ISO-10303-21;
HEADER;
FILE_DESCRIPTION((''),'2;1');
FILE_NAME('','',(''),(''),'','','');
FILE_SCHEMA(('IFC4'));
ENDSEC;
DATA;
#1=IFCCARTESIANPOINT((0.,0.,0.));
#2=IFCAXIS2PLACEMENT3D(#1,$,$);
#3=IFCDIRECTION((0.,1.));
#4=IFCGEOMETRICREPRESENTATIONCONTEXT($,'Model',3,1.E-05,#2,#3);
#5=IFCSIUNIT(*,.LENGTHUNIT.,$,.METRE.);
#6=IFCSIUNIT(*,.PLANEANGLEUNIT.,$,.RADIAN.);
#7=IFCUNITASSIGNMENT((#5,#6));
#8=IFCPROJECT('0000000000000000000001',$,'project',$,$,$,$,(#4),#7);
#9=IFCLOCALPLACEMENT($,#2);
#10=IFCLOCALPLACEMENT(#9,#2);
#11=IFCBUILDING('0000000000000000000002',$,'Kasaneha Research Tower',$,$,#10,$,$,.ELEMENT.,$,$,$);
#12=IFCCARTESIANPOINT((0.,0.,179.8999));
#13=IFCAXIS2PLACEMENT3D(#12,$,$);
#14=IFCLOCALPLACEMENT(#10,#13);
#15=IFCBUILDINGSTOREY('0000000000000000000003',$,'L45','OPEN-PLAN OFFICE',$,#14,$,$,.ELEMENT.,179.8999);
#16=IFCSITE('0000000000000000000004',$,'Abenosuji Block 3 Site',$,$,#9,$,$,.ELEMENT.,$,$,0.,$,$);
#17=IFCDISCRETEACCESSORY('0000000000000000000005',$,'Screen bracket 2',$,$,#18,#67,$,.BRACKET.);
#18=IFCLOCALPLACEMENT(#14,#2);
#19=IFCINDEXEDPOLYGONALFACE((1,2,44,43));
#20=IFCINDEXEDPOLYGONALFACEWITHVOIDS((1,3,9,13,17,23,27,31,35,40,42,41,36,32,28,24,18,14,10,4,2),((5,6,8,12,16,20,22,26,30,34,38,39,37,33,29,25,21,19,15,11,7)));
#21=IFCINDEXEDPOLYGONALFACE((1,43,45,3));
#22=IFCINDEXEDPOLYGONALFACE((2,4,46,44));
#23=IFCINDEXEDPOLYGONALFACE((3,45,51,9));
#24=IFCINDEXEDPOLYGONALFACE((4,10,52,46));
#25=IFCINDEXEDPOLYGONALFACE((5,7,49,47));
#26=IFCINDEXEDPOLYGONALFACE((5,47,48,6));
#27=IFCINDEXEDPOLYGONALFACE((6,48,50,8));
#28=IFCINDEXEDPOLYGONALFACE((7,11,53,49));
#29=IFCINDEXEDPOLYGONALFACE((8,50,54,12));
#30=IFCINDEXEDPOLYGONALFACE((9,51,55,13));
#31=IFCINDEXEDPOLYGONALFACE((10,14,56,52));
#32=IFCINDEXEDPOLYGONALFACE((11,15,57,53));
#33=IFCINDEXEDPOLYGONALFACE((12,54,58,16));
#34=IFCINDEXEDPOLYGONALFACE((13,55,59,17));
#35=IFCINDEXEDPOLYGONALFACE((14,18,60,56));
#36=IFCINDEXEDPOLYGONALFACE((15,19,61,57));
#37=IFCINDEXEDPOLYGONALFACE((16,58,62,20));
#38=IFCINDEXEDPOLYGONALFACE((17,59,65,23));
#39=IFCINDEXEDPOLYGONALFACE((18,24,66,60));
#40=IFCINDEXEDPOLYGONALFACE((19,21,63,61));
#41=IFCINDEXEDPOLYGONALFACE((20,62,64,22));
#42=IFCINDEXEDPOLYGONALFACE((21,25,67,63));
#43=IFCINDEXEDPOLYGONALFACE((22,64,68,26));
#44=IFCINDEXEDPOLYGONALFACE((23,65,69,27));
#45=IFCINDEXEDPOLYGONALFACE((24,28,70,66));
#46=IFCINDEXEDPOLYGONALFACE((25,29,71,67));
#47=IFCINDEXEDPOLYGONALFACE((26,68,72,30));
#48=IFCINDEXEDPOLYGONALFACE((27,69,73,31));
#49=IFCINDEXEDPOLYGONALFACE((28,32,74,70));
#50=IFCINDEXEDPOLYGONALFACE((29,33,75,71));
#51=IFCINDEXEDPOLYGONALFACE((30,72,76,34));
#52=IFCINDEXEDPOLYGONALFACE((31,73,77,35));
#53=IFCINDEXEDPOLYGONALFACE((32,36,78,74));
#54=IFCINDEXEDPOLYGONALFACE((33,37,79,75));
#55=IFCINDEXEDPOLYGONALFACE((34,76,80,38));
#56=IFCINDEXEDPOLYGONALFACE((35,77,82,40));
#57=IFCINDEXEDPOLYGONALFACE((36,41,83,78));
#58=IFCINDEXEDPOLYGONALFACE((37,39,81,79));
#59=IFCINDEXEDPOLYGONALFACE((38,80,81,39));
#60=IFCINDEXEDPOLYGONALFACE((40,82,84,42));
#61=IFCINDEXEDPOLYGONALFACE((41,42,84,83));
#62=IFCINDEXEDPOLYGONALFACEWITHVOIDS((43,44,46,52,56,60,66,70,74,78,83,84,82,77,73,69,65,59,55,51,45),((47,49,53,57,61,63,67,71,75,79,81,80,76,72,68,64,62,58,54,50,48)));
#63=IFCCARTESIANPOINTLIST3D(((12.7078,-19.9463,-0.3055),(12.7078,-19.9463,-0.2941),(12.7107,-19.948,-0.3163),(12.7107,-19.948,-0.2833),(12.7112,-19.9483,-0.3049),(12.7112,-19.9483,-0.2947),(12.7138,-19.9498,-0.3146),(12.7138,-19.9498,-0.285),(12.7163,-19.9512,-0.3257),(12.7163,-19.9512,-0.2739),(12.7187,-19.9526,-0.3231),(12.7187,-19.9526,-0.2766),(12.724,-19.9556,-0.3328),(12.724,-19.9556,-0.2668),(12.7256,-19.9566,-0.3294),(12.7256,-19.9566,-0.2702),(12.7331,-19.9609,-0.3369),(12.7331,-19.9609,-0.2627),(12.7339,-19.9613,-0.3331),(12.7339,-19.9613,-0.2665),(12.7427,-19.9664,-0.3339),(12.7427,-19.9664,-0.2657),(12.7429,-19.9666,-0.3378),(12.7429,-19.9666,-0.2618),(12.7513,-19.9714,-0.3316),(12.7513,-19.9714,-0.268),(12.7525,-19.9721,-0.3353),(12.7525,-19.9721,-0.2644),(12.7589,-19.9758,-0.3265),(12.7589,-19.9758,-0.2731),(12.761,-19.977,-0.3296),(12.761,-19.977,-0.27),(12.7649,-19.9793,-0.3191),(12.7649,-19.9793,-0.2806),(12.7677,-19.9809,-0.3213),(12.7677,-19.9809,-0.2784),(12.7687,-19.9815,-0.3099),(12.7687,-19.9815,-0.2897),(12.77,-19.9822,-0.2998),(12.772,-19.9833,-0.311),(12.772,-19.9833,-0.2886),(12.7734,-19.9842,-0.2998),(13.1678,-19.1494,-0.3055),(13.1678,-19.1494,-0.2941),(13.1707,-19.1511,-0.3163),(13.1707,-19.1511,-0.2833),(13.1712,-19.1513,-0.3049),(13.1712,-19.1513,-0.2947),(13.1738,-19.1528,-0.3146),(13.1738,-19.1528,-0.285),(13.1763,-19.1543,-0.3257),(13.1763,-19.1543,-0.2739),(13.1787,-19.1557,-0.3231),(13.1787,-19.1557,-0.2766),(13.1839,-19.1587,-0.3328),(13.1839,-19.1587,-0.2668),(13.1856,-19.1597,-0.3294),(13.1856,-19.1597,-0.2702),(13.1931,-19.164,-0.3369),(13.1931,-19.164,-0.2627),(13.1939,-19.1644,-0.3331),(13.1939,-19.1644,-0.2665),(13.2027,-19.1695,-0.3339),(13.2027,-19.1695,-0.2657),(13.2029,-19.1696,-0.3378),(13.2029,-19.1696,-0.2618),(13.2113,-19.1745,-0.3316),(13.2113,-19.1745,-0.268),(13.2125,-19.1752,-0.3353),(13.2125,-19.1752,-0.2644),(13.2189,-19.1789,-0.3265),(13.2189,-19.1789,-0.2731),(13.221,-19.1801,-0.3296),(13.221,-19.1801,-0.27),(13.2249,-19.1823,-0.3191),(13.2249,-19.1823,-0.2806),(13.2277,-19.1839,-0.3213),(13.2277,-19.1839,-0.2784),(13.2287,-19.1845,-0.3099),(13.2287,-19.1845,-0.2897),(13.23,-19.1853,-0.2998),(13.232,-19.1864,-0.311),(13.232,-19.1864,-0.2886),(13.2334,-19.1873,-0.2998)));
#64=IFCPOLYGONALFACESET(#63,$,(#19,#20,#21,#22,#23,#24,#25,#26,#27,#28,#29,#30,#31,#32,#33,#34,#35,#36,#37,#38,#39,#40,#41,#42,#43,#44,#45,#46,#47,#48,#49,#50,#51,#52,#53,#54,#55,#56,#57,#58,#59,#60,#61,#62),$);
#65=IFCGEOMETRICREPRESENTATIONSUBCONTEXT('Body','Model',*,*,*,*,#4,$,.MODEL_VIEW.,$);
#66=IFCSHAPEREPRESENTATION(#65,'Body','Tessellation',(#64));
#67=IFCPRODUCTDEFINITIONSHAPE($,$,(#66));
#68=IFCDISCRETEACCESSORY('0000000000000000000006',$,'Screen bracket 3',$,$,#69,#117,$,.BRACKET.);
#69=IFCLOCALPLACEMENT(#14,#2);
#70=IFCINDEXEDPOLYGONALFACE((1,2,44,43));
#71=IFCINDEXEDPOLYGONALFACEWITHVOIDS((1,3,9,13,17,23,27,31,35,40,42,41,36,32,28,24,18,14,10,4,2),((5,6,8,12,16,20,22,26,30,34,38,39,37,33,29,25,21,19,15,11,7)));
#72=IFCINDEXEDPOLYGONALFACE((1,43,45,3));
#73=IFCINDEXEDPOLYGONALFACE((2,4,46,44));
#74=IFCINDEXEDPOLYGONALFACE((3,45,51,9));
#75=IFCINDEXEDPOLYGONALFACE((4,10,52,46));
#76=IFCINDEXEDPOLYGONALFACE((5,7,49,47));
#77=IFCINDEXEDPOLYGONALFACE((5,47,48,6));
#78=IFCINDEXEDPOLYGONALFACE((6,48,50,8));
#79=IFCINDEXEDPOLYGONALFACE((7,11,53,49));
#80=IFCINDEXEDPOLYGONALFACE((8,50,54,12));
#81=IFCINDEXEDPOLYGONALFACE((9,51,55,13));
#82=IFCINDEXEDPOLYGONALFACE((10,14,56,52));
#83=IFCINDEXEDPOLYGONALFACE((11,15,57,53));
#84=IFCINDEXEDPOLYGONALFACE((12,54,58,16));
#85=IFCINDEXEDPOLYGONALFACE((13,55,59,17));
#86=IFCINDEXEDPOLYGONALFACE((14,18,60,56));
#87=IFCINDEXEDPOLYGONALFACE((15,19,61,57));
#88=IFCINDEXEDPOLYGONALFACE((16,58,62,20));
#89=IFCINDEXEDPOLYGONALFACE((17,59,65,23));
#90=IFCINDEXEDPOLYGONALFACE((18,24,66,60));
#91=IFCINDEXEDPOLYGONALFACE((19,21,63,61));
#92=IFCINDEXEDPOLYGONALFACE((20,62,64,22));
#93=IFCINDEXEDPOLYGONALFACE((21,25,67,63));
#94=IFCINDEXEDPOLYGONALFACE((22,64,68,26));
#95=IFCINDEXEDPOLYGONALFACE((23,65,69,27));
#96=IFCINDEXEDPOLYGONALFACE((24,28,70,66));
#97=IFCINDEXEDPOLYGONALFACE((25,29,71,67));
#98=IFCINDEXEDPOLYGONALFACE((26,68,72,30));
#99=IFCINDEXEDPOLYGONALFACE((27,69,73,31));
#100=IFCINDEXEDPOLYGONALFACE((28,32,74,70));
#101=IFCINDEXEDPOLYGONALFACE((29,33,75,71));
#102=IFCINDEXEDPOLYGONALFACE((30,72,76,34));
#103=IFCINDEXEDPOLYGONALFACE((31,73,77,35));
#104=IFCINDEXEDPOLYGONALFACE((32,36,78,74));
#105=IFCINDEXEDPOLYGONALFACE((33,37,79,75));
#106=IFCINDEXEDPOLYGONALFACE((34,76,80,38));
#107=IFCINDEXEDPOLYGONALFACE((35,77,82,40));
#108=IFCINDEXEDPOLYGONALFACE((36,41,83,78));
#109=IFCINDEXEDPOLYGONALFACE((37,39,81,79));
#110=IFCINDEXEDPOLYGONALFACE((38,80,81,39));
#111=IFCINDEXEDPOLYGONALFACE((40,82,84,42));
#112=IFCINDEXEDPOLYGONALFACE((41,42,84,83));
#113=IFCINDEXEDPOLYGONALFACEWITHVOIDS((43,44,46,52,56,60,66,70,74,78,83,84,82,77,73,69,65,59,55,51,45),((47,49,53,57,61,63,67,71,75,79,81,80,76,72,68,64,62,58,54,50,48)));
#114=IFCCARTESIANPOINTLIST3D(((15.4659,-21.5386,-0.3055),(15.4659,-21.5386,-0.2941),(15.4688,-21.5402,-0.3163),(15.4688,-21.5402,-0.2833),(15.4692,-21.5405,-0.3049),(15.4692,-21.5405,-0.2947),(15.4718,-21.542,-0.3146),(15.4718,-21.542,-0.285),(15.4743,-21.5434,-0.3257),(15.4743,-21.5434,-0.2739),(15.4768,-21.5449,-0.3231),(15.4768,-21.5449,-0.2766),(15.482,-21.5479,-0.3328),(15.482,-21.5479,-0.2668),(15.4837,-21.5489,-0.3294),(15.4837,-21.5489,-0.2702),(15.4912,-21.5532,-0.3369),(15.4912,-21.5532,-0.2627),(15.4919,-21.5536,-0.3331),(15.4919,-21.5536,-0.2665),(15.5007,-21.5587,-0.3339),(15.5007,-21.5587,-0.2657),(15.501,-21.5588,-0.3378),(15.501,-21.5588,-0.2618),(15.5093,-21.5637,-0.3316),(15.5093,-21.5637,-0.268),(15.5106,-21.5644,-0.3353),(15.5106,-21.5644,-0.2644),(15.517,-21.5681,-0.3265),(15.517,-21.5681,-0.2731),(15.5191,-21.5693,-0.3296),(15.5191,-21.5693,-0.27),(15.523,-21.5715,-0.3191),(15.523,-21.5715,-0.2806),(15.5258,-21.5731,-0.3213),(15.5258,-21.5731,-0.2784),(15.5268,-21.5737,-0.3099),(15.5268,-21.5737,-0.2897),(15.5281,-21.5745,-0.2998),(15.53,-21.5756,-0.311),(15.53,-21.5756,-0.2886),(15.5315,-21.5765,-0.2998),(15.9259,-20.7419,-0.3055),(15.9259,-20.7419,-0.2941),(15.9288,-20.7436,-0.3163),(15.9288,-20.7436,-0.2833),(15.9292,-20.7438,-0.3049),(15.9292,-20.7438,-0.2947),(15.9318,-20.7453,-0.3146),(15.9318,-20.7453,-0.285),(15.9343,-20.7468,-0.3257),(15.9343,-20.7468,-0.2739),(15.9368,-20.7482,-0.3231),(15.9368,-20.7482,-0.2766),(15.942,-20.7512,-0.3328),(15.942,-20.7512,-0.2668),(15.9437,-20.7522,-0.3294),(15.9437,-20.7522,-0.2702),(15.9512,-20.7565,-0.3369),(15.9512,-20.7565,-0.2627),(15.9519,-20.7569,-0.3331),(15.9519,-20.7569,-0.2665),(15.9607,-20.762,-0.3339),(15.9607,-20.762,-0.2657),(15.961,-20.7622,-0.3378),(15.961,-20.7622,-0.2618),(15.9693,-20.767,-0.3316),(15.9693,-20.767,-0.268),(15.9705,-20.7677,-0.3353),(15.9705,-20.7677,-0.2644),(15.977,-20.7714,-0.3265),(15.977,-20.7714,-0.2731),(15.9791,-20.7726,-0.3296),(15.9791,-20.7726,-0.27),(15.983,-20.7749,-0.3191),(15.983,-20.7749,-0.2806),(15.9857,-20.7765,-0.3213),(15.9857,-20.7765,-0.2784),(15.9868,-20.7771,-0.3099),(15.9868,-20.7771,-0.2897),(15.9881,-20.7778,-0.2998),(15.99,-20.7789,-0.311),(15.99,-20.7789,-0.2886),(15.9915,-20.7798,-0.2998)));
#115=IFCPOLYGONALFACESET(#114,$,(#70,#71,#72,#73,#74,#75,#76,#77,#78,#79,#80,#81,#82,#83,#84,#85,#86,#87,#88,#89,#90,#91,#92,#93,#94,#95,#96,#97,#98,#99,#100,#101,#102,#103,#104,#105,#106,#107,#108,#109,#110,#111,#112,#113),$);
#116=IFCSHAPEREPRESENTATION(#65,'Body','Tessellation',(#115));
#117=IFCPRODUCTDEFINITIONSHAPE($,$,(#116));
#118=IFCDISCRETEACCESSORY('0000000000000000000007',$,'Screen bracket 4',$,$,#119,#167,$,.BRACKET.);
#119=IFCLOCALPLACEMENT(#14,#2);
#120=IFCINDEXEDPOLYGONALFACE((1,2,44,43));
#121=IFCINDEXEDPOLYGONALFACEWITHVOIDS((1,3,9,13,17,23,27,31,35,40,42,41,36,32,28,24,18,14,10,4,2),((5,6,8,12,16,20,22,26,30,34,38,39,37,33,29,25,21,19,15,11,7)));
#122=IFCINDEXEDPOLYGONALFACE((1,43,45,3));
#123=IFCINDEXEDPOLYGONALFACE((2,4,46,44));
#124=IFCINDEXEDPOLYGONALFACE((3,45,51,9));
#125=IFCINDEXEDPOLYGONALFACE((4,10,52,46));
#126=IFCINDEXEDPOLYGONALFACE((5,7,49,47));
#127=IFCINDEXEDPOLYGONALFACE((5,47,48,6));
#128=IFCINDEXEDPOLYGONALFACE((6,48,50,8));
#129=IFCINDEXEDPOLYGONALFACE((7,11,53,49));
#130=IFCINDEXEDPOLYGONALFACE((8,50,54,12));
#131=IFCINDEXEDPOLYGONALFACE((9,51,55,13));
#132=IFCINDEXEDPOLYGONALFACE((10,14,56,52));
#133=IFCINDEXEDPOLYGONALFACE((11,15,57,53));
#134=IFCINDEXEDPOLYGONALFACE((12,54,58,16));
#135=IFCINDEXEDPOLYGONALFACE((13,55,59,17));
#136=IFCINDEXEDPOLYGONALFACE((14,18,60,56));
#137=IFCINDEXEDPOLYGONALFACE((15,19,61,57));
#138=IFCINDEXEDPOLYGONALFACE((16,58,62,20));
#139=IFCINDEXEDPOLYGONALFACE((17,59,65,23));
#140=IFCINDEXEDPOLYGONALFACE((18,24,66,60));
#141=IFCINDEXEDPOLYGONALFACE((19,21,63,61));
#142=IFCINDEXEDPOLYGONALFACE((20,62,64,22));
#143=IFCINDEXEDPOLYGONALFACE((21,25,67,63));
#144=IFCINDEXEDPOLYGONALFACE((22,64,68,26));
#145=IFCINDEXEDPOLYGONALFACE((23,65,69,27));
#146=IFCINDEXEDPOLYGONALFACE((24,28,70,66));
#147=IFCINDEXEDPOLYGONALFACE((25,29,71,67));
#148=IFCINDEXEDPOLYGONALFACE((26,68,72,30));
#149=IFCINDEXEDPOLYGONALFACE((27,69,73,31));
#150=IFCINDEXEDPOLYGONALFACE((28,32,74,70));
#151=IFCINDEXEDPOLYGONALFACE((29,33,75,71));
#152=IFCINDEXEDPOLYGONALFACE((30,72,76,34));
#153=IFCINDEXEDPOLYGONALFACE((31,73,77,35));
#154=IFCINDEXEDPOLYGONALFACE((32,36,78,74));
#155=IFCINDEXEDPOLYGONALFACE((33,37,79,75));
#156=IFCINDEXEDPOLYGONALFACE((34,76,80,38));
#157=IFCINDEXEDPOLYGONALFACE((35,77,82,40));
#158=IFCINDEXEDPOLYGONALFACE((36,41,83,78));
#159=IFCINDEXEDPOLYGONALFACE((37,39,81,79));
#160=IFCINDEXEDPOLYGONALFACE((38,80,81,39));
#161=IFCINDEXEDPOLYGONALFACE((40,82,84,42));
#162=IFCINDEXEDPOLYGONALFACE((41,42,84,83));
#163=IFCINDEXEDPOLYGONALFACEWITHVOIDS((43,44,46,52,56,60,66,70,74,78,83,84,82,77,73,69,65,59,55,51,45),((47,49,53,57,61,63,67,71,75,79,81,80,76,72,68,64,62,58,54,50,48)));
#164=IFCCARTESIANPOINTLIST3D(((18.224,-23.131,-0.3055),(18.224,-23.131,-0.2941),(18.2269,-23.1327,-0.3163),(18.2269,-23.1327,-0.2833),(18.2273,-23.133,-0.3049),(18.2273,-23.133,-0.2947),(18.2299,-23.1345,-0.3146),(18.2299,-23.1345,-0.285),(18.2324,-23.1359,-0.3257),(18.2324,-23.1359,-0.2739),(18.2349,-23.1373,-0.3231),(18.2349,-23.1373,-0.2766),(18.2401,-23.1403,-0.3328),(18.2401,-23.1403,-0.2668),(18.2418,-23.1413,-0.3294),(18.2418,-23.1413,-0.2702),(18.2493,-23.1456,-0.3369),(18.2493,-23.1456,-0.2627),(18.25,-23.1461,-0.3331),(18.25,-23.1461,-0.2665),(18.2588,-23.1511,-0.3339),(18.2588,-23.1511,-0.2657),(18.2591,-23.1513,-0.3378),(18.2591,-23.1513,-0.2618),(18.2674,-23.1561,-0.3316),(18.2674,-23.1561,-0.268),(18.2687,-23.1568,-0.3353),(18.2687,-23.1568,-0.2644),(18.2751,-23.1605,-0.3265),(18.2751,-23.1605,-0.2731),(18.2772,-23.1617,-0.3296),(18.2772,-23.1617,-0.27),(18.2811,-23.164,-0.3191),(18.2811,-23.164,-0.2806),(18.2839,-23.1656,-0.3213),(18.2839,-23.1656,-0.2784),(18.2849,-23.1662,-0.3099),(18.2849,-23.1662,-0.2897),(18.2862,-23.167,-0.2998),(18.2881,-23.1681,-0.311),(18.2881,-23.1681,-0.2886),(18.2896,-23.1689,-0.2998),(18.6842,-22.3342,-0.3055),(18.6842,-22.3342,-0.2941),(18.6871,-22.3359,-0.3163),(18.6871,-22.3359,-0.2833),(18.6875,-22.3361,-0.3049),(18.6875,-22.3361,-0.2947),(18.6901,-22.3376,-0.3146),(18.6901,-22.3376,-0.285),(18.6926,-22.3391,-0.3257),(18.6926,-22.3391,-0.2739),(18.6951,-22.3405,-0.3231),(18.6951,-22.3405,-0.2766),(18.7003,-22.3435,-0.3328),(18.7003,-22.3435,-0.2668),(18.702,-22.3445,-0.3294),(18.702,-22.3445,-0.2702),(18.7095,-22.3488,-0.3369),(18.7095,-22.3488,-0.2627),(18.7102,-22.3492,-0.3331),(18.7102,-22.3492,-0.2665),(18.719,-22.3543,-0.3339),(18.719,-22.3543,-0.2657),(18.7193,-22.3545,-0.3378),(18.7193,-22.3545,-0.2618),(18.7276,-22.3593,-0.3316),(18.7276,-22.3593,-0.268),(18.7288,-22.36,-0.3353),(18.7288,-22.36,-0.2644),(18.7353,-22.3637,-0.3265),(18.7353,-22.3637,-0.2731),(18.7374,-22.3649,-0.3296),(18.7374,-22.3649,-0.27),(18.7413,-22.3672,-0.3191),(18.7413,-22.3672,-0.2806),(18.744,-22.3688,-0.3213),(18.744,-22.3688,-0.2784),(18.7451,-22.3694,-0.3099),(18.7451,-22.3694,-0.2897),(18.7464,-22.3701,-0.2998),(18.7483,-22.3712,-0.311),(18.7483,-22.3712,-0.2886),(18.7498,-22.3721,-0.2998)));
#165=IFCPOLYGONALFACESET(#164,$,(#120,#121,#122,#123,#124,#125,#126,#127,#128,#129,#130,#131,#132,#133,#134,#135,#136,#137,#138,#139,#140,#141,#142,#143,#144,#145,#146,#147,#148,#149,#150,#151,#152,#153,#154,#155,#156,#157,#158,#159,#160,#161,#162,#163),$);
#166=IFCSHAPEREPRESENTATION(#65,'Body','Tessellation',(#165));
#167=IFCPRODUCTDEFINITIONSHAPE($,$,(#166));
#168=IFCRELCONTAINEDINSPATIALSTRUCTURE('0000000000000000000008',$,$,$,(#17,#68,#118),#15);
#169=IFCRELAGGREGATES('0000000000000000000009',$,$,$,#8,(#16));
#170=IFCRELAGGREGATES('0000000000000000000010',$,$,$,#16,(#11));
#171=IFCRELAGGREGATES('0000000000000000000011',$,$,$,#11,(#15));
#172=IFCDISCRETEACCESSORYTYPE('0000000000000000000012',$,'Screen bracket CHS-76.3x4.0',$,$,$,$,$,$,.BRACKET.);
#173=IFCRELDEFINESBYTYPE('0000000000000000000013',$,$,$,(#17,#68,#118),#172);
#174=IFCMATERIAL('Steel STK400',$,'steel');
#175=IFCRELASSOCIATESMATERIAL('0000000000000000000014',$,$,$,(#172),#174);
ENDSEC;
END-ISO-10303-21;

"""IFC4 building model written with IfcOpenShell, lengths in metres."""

from ifc_helpers import new_model, si_unit, direction, frame, origin, origin_2d, place, context, subcontext, project, spatial, hollow_circle, extrude, material, material_profile, profile_set, type_object, element, save


model = new_model("IFC4")

# Units and contexts
model_context = context("Model", 3, precision=1e-05, world=origin(), true_north=direction((0.0, 1.0)))
body_context = subcontext(model_context, "Body", "Model", "MODEL_VIEW")
ifc_project = project(units=[si_unit("LENGTHUNIT", "METRE"), si_unit("PLANEANGLEUNIT", "RADIAN")], contexts=[model_context])

# Site, building, storey
site_placement = place(None, origin())
site = spatial("IfcSite", under=ifc_project, at=site_placement, Name="Abenosuji Block 3 Site", CompositionType="ELEMENT", RefElevation=0.0)
building_placement = place(site_placement, origin())
building = spatial("IfcBuilding", under=site, at=building_placement, Name="Kasaneha Research Tower", CompositionType="ELEMENT")
storey_placement = place(building_placement, frame((0.0, 0.0, 179.8999)))
storey = spatial("IfcBuildingStorey", under=building, at=storey_placement, Name="L45", Description="OPEN-PLAN OFFICE", CompositionType="ELEMENT", Elevation=179.8999)

# Discrete accessories
ifc_material_1 = material(Name="Steel STK400", Category="steel")
ifc_material_profile_1 = material_profile(ifc_material_1, hollow_circle(Radius=0.0381, WallThickness=0.0039, at=origin_2d()), Name="CHS-76.3x4.0")
ifc_profile_set_1 = profile_set([ifc_material_profile_1], Name="Steel STK400")
discrete_accessory_type = type_object("IfcDiscreteAccessoryType", Name="Screen bracket CHS-76.3x4.0", PredefinedType="BRACKET", material=ifc_profile_set_1)
discrete_accessory_1_placement = place(storey_placement, frame((13.2004, -19.1682, -0.2998), z_axis=(-0.499906, -0.86608, 0.0), x_axis=(0.86608, -0.499906, 0.0)))
element("IfcDiscreteAccessory", 1, at=discrete_accessory_1_placement, inside=storey, type_object=discrete_accessory_type, Name="Screen bracket 2", PredefinedType="BRACKET", context=body_context, shape_type="SweptSolid", body=[
    extrude(hollow_circle(Radius=0.0381, WallThickness=0.0039, at=origin_2d()), origin(), (0.0, 0.0, 1.0), 0.9202),
])
discrete_accessory_2_placement = place(storey_placement, frame((15.9585, -20.7607, -0.2998), z_axis=(-0.500021, -0.866013, 0.0), x_axis=(0.866013, -0.500021, 0.0)))
element("IfcDiscreteAccessory", 2, at=discrete_accessory_2_placement, inside=storey, type_object=discrete_accessory_type, Name="Screen bracket 3", PredefinedType="BRACKET", context=body_context, shape_type="SweptSolid", body=[
    extrude(hollow_circle(Radius=0.0381, WallThickness=0.0039, at=origin_2d()), origin(), (0.0, 0.0, 1.0), 0.9199),
])
discrete_accessory_3_placement = place(storey_placement, frame((18.7168, -22.353, -0.2998), z_axis=(-0.500105, -0.865965, 0.0), x_axis=(0.865965, -0.500105, 0.0)))
element("IfcDiscreteAccessory", 3, at=discrete_accessory_3_placement, inside=storey, type_object=discrete_accessory_type, Name="Screen bracket 4", PredefinedType="BRACKET", context=body_context, shape_type="SweptSolid", body=[
    extrude(hollow_circle(Radius=0.0381, WallThickness=0.0039, at=origin_2d()), origin(), (0.0, 0.0, 1.0), 0.9202),
])

save(model, "model.ifc")
